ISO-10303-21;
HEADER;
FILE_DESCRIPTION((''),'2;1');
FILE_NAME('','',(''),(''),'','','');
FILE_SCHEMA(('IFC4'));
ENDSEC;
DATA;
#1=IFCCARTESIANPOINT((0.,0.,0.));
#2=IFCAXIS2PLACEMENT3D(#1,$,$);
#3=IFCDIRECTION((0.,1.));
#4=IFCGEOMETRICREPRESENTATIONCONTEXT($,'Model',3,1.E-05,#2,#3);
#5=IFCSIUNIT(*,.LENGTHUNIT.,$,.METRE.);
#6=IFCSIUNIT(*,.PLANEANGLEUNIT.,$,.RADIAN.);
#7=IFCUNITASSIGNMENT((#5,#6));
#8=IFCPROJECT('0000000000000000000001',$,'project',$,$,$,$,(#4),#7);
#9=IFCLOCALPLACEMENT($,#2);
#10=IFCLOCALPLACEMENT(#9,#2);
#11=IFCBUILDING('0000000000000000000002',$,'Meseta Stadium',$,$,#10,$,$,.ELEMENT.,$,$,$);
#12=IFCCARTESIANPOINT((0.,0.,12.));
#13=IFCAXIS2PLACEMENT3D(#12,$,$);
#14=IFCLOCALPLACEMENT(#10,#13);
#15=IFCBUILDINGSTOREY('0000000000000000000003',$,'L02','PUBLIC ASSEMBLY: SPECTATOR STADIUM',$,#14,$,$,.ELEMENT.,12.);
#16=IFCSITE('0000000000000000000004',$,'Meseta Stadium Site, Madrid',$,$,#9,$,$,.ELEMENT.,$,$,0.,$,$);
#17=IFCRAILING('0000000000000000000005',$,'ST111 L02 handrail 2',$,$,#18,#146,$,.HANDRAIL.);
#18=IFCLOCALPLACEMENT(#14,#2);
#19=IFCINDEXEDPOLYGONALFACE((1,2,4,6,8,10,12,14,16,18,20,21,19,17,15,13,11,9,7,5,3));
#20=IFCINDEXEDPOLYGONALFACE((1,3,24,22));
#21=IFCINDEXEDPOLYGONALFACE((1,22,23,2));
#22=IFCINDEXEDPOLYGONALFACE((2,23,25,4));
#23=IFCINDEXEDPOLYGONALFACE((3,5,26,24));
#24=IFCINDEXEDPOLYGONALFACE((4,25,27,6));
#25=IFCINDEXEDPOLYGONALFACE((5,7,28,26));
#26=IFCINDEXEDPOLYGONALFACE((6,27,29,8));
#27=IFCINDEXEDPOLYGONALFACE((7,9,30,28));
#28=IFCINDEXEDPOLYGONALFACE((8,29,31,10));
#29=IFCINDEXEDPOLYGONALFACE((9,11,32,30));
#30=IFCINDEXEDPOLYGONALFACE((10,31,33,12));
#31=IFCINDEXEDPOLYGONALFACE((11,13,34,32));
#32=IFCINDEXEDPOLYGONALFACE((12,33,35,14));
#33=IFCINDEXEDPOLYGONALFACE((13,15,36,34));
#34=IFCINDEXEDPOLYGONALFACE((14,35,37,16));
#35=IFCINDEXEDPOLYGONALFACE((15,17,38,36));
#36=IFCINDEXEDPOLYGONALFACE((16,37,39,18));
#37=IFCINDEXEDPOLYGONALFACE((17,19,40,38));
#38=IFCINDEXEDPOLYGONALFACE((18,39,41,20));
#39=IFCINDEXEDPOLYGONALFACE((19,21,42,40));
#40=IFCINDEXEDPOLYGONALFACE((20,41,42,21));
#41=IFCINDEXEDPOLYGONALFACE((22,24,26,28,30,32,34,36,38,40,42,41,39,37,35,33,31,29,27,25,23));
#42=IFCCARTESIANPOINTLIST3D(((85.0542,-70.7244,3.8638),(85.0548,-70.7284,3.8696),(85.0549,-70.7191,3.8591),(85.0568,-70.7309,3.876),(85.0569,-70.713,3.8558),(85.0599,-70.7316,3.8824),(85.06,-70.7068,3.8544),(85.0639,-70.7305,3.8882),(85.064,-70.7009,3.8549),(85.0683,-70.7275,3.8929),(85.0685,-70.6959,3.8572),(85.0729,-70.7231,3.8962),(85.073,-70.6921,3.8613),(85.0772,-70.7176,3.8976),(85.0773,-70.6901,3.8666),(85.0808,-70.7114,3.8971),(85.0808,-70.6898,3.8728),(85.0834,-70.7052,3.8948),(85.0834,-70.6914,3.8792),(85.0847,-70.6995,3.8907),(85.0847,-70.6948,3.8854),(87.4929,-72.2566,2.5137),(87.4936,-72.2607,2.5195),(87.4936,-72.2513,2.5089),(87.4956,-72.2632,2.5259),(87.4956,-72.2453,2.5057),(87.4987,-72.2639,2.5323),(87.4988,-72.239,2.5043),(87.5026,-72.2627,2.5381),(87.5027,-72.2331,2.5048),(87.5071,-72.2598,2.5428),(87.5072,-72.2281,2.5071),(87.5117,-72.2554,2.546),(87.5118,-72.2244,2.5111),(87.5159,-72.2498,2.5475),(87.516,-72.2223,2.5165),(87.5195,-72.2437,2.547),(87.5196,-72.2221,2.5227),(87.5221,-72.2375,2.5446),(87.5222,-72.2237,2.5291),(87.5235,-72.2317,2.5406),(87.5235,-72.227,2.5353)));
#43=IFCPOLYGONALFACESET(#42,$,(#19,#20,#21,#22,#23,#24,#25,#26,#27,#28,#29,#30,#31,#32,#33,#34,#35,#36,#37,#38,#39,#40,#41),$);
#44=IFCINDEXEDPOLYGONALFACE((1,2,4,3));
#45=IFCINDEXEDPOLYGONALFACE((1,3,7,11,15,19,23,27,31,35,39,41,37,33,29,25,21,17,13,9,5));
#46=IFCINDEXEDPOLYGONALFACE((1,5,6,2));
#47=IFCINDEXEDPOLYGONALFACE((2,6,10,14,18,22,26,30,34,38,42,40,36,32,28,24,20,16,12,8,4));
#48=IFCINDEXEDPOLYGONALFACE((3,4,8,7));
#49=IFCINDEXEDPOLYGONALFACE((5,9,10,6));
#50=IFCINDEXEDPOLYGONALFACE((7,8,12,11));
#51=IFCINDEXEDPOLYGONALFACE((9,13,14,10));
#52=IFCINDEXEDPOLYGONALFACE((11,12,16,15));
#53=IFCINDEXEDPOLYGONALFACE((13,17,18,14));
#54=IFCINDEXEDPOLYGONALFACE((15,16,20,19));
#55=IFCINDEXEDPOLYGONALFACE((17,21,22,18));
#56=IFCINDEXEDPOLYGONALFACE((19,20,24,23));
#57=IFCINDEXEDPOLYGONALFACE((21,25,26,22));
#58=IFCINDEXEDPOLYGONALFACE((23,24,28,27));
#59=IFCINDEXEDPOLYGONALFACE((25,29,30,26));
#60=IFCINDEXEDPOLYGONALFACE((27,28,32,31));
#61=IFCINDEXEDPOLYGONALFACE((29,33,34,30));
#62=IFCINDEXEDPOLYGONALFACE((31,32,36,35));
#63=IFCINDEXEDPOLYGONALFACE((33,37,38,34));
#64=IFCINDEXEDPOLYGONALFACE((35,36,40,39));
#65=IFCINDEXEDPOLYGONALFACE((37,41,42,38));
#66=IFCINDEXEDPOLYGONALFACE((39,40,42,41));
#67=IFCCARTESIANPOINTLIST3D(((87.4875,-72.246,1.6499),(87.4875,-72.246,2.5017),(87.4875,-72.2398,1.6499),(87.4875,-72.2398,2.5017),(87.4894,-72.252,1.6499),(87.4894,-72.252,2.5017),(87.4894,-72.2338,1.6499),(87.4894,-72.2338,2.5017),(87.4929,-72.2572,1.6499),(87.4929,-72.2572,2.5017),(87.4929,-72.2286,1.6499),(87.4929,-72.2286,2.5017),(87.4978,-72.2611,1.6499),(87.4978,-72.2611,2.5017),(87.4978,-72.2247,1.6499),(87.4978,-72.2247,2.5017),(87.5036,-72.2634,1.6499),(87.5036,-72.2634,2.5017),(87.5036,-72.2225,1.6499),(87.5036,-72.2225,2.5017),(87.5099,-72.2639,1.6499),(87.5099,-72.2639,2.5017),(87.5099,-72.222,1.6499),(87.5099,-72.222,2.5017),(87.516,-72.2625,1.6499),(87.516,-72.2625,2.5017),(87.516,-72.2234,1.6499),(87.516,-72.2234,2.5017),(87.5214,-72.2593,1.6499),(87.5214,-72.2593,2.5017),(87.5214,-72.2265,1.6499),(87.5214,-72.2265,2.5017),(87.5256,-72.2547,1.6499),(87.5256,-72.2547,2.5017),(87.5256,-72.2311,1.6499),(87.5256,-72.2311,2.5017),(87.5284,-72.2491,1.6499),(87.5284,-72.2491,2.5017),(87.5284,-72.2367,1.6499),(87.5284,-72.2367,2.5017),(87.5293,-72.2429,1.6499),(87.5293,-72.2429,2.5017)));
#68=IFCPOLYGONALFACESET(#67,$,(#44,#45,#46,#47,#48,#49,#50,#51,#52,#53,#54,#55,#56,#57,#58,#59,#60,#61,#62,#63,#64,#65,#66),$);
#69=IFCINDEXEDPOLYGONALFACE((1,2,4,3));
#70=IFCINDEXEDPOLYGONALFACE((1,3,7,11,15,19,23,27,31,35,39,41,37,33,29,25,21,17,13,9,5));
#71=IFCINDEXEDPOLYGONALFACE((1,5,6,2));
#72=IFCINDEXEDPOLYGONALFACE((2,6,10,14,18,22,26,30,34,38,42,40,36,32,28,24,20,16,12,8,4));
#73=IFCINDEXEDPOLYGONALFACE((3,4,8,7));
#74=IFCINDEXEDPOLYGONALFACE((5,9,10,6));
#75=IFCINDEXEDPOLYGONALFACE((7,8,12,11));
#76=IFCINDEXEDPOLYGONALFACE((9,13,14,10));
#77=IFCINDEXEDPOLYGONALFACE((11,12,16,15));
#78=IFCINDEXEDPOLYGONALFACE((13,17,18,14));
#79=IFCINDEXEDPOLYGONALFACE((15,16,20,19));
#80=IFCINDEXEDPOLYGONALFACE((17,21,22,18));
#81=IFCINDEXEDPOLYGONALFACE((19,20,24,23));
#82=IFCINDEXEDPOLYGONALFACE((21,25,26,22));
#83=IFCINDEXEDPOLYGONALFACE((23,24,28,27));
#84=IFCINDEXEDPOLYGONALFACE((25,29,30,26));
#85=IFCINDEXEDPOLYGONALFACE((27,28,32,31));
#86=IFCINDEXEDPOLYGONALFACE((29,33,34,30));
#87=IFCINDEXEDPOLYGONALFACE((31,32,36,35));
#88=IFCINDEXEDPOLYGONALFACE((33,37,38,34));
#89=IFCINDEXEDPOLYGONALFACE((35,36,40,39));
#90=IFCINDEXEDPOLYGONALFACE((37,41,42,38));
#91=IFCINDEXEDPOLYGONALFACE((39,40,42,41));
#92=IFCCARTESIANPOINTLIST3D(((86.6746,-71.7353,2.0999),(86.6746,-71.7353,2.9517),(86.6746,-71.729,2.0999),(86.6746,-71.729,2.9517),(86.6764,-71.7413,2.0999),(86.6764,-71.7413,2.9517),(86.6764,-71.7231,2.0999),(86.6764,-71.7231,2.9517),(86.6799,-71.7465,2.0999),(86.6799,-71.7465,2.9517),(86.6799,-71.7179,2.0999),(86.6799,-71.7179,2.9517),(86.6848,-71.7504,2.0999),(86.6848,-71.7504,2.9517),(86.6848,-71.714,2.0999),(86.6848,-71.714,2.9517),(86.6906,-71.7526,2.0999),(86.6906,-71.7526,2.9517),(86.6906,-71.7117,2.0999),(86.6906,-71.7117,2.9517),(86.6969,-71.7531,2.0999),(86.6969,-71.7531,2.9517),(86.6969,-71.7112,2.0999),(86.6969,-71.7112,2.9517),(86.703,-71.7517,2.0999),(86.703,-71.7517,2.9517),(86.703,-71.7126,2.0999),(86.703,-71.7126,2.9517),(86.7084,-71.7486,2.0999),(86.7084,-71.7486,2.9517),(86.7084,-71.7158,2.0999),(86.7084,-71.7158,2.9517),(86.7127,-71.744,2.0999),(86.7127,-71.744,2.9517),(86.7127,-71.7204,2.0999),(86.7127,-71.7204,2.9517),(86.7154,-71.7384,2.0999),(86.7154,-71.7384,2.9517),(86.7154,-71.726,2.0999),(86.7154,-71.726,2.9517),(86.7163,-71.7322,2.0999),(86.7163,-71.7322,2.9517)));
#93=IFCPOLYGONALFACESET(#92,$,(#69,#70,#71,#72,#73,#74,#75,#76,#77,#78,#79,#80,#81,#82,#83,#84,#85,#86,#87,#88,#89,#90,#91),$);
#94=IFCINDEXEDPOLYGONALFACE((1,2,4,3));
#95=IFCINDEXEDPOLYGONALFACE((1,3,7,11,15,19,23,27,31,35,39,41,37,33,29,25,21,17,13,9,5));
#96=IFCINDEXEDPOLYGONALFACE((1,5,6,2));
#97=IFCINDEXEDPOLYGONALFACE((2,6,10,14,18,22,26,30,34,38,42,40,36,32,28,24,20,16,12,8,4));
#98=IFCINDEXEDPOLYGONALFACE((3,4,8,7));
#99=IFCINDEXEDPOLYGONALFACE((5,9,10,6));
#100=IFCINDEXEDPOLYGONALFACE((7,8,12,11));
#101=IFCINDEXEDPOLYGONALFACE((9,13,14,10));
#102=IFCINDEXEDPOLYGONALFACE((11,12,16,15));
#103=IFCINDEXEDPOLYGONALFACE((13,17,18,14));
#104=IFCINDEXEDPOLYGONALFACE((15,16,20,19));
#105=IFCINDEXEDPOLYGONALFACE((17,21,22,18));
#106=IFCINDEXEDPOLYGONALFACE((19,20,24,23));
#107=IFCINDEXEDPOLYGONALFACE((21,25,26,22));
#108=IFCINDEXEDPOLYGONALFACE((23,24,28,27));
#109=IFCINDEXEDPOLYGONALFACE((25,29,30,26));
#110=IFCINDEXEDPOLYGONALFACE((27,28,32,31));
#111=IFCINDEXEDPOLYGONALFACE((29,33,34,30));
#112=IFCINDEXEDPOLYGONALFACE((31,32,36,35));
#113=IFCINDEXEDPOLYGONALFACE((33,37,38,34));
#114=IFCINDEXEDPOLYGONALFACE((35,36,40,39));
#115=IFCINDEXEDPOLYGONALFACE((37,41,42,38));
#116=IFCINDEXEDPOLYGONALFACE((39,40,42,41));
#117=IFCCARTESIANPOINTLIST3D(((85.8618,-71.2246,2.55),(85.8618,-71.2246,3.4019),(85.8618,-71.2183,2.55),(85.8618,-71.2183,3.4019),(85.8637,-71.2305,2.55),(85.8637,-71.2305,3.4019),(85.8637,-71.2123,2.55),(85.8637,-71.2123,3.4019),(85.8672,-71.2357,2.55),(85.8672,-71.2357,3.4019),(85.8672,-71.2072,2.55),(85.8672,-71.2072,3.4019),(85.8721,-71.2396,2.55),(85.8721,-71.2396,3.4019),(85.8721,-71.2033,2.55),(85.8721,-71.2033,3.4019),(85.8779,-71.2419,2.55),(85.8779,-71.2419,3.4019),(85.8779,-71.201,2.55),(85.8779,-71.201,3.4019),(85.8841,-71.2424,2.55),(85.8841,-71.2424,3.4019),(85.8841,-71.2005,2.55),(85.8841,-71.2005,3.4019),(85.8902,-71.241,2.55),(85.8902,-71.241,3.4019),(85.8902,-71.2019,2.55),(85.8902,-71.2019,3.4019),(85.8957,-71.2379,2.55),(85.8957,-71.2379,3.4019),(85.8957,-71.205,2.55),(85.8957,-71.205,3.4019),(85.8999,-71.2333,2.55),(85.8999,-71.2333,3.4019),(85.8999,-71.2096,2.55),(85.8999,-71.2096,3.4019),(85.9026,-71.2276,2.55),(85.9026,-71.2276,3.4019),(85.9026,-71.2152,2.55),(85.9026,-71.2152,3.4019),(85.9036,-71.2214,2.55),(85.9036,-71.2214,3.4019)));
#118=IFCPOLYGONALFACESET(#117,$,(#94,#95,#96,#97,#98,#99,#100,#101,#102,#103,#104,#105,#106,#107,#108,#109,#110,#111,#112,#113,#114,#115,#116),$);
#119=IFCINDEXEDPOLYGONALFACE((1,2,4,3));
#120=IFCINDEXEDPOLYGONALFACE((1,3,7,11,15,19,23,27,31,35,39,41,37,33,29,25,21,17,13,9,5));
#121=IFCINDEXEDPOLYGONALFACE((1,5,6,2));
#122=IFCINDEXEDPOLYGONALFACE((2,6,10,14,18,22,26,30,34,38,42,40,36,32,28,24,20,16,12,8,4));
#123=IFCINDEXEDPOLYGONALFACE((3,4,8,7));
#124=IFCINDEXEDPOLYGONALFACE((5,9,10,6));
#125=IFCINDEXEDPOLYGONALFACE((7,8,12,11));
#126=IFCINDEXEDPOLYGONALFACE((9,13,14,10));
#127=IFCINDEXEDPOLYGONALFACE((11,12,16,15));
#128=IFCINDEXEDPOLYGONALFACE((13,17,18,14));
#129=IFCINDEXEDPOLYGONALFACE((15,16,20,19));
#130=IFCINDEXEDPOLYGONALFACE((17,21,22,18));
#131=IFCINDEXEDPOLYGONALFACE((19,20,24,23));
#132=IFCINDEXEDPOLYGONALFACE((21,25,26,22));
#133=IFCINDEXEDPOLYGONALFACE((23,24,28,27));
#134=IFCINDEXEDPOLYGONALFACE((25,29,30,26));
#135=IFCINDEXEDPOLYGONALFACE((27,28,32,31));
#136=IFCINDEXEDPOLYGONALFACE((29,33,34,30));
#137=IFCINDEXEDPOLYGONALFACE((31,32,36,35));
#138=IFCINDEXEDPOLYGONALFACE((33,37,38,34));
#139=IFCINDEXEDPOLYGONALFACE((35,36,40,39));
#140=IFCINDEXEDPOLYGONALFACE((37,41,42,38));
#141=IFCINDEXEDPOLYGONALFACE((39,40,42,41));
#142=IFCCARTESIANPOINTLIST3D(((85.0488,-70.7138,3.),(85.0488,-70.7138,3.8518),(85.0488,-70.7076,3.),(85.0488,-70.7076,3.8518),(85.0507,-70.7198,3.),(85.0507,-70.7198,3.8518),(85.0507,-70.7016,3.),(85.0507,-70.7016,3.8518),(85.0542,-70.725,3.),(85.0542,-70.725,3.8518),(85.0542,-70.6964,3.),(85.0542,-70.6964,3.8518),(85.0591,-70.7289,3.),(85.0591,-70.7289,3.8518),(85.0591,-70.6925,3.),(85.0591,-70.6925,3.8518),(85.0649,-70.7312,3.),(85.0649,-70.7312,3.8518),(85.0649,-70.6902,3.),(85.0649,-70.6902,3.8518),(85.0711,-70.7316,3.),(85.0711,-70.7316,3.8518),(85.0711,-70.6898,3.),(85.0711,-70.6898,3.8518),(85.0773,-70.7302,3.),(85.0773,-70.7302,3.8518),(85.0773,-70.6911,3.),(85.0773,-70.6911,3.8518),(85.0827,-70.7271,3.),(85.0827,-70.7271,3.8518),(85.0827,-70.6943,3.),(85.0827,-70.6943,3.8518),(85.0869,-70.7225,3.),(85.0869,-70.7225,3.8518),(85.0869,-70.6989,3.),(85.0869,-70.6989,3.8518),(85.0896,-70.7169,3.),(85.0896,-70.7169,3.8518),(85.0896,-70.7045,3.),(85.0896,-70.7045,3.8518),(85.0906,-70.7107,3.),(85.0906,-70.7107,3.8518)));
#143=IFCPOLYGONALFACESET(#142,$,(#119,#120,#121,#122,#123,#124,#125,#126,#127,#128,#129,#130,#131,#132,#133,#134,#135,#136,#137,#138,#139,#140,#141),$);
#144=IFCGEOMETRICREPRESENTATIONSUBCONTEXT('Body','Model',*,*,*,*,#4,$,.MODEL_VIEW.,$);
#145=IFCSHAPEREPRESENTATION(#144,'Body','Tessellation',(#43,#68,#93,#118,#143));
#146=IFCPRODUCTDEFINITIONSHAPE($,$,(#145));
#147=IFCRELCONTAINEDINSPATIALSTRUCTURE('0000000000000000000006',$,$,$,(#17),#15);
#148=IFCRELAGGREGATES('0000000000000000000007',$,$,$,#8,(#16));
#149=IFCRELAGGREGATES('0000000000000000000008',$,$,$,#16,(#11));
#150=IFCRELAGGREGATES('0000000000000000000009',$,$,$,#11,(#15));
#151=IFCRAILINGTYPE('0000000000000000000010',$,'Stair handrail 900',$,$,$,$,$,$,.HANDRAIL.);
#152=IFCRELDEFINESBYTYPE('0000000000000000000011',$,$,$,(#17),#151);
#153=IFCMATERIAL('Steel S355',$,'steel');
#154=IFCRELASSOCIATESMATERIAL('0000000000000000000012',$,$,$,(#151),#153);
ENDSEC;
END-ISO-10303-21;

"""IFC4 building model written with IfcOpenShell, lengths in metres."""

from ifc_helpers import new_model, si_unit, direction, frame, origin, origin_2d, place, context, subcontext, project, spatial, circle, extrude, material, type_object, element, save


model = new_model("IFC4")

# Units and contexts
model_context = context("Model", 3, precision=1e-05, world=origin(), true_north=direction((0.0, 1.0)))
body_context = subcontext(model_context, "Body", "Model", "MODEL_VIEW")
ifc_project = project(units=[si_unit("LENGTHUNIT", "METRE"), si_unit("PLANEANGLEUNIT", "RADIAN")], contexts=[model_context])

# Site, building, storey
site_placement = place(None, origin())
site = spatial("IfcSite", under=ifc_project, at=site_placement, Name="Meseta Stadium Site, Madrid", CompositionType="ELEMENT", RefElevation=0.0)
building_placement = place(site_placement, origin())
building = spatial("IfcBuilding", under=site, at=building_placement, Name="Meseta Stadium", CompositionType="ELEMENT")
storey_placement = place(building_placement, frame((0.0, 0.0, 12.0)))
storey = spatial("IfcBuildingStorey", under=building, at=storey_placement, Name="L02", Description="PUBLIC ASSEMBLY: SPECTATOR STADIUM", CompositionType="ELEMENT", Elevation=12.0)

# Railing
ifc_material_1 = material(Name="Steel S355", Category="steel")
railing_type_1 = type_object("IfcRailingType", Name="Stair handrail 900", PredefinedType="HANDRAIL", material=ifc_material_1)
for number, where, name in (
    (1, (87.5083, -72.2429, 1.6499), "ST111 L02 handrail 2"),
):
    element("IfcRailing", number, at=place(storey_placement, frame(where)), inside=storey, type_object=railing_type_1, Name=name, PredefinedType="HANDRAIL", context=body_context, shape_type="SweptSolid", body=[
        extrude(circle(Radius=0.0239, at=origin_2d()), frame((0.0, 0.0, 0.876), z_axis=(-0.766687, 0.481703, 0.424445), x_axis=(-0.532001, -0.846743, 0.0)), (0.0, 0.0, 1.0), 3.1809),
        extrude(circle(Radius=0.021, at=origin_2d()), origin(), (0.0, 0.0, 1.0), 0.8518),
        extrude(circle(Radius=0.021, at=origin_2d()), frame((-0.813, 0.5107, 0.45)), (0.0, 0.0, 1.0), 0.8518),
        extrude(circle(Radius=0.021, at=origin_2d()), frame((-1.6257, 1.0215, 0.9001)), (0.0, 0.0, 1.0), 0.8518),
        extrude(circle(Radius=0.021, at=origin_2d()), frame((-2.4387, 1.5322, 1.3501)), (0.0, 0.0, 1.0), 0.8518),
    ])

save(model, "model.ifc")
